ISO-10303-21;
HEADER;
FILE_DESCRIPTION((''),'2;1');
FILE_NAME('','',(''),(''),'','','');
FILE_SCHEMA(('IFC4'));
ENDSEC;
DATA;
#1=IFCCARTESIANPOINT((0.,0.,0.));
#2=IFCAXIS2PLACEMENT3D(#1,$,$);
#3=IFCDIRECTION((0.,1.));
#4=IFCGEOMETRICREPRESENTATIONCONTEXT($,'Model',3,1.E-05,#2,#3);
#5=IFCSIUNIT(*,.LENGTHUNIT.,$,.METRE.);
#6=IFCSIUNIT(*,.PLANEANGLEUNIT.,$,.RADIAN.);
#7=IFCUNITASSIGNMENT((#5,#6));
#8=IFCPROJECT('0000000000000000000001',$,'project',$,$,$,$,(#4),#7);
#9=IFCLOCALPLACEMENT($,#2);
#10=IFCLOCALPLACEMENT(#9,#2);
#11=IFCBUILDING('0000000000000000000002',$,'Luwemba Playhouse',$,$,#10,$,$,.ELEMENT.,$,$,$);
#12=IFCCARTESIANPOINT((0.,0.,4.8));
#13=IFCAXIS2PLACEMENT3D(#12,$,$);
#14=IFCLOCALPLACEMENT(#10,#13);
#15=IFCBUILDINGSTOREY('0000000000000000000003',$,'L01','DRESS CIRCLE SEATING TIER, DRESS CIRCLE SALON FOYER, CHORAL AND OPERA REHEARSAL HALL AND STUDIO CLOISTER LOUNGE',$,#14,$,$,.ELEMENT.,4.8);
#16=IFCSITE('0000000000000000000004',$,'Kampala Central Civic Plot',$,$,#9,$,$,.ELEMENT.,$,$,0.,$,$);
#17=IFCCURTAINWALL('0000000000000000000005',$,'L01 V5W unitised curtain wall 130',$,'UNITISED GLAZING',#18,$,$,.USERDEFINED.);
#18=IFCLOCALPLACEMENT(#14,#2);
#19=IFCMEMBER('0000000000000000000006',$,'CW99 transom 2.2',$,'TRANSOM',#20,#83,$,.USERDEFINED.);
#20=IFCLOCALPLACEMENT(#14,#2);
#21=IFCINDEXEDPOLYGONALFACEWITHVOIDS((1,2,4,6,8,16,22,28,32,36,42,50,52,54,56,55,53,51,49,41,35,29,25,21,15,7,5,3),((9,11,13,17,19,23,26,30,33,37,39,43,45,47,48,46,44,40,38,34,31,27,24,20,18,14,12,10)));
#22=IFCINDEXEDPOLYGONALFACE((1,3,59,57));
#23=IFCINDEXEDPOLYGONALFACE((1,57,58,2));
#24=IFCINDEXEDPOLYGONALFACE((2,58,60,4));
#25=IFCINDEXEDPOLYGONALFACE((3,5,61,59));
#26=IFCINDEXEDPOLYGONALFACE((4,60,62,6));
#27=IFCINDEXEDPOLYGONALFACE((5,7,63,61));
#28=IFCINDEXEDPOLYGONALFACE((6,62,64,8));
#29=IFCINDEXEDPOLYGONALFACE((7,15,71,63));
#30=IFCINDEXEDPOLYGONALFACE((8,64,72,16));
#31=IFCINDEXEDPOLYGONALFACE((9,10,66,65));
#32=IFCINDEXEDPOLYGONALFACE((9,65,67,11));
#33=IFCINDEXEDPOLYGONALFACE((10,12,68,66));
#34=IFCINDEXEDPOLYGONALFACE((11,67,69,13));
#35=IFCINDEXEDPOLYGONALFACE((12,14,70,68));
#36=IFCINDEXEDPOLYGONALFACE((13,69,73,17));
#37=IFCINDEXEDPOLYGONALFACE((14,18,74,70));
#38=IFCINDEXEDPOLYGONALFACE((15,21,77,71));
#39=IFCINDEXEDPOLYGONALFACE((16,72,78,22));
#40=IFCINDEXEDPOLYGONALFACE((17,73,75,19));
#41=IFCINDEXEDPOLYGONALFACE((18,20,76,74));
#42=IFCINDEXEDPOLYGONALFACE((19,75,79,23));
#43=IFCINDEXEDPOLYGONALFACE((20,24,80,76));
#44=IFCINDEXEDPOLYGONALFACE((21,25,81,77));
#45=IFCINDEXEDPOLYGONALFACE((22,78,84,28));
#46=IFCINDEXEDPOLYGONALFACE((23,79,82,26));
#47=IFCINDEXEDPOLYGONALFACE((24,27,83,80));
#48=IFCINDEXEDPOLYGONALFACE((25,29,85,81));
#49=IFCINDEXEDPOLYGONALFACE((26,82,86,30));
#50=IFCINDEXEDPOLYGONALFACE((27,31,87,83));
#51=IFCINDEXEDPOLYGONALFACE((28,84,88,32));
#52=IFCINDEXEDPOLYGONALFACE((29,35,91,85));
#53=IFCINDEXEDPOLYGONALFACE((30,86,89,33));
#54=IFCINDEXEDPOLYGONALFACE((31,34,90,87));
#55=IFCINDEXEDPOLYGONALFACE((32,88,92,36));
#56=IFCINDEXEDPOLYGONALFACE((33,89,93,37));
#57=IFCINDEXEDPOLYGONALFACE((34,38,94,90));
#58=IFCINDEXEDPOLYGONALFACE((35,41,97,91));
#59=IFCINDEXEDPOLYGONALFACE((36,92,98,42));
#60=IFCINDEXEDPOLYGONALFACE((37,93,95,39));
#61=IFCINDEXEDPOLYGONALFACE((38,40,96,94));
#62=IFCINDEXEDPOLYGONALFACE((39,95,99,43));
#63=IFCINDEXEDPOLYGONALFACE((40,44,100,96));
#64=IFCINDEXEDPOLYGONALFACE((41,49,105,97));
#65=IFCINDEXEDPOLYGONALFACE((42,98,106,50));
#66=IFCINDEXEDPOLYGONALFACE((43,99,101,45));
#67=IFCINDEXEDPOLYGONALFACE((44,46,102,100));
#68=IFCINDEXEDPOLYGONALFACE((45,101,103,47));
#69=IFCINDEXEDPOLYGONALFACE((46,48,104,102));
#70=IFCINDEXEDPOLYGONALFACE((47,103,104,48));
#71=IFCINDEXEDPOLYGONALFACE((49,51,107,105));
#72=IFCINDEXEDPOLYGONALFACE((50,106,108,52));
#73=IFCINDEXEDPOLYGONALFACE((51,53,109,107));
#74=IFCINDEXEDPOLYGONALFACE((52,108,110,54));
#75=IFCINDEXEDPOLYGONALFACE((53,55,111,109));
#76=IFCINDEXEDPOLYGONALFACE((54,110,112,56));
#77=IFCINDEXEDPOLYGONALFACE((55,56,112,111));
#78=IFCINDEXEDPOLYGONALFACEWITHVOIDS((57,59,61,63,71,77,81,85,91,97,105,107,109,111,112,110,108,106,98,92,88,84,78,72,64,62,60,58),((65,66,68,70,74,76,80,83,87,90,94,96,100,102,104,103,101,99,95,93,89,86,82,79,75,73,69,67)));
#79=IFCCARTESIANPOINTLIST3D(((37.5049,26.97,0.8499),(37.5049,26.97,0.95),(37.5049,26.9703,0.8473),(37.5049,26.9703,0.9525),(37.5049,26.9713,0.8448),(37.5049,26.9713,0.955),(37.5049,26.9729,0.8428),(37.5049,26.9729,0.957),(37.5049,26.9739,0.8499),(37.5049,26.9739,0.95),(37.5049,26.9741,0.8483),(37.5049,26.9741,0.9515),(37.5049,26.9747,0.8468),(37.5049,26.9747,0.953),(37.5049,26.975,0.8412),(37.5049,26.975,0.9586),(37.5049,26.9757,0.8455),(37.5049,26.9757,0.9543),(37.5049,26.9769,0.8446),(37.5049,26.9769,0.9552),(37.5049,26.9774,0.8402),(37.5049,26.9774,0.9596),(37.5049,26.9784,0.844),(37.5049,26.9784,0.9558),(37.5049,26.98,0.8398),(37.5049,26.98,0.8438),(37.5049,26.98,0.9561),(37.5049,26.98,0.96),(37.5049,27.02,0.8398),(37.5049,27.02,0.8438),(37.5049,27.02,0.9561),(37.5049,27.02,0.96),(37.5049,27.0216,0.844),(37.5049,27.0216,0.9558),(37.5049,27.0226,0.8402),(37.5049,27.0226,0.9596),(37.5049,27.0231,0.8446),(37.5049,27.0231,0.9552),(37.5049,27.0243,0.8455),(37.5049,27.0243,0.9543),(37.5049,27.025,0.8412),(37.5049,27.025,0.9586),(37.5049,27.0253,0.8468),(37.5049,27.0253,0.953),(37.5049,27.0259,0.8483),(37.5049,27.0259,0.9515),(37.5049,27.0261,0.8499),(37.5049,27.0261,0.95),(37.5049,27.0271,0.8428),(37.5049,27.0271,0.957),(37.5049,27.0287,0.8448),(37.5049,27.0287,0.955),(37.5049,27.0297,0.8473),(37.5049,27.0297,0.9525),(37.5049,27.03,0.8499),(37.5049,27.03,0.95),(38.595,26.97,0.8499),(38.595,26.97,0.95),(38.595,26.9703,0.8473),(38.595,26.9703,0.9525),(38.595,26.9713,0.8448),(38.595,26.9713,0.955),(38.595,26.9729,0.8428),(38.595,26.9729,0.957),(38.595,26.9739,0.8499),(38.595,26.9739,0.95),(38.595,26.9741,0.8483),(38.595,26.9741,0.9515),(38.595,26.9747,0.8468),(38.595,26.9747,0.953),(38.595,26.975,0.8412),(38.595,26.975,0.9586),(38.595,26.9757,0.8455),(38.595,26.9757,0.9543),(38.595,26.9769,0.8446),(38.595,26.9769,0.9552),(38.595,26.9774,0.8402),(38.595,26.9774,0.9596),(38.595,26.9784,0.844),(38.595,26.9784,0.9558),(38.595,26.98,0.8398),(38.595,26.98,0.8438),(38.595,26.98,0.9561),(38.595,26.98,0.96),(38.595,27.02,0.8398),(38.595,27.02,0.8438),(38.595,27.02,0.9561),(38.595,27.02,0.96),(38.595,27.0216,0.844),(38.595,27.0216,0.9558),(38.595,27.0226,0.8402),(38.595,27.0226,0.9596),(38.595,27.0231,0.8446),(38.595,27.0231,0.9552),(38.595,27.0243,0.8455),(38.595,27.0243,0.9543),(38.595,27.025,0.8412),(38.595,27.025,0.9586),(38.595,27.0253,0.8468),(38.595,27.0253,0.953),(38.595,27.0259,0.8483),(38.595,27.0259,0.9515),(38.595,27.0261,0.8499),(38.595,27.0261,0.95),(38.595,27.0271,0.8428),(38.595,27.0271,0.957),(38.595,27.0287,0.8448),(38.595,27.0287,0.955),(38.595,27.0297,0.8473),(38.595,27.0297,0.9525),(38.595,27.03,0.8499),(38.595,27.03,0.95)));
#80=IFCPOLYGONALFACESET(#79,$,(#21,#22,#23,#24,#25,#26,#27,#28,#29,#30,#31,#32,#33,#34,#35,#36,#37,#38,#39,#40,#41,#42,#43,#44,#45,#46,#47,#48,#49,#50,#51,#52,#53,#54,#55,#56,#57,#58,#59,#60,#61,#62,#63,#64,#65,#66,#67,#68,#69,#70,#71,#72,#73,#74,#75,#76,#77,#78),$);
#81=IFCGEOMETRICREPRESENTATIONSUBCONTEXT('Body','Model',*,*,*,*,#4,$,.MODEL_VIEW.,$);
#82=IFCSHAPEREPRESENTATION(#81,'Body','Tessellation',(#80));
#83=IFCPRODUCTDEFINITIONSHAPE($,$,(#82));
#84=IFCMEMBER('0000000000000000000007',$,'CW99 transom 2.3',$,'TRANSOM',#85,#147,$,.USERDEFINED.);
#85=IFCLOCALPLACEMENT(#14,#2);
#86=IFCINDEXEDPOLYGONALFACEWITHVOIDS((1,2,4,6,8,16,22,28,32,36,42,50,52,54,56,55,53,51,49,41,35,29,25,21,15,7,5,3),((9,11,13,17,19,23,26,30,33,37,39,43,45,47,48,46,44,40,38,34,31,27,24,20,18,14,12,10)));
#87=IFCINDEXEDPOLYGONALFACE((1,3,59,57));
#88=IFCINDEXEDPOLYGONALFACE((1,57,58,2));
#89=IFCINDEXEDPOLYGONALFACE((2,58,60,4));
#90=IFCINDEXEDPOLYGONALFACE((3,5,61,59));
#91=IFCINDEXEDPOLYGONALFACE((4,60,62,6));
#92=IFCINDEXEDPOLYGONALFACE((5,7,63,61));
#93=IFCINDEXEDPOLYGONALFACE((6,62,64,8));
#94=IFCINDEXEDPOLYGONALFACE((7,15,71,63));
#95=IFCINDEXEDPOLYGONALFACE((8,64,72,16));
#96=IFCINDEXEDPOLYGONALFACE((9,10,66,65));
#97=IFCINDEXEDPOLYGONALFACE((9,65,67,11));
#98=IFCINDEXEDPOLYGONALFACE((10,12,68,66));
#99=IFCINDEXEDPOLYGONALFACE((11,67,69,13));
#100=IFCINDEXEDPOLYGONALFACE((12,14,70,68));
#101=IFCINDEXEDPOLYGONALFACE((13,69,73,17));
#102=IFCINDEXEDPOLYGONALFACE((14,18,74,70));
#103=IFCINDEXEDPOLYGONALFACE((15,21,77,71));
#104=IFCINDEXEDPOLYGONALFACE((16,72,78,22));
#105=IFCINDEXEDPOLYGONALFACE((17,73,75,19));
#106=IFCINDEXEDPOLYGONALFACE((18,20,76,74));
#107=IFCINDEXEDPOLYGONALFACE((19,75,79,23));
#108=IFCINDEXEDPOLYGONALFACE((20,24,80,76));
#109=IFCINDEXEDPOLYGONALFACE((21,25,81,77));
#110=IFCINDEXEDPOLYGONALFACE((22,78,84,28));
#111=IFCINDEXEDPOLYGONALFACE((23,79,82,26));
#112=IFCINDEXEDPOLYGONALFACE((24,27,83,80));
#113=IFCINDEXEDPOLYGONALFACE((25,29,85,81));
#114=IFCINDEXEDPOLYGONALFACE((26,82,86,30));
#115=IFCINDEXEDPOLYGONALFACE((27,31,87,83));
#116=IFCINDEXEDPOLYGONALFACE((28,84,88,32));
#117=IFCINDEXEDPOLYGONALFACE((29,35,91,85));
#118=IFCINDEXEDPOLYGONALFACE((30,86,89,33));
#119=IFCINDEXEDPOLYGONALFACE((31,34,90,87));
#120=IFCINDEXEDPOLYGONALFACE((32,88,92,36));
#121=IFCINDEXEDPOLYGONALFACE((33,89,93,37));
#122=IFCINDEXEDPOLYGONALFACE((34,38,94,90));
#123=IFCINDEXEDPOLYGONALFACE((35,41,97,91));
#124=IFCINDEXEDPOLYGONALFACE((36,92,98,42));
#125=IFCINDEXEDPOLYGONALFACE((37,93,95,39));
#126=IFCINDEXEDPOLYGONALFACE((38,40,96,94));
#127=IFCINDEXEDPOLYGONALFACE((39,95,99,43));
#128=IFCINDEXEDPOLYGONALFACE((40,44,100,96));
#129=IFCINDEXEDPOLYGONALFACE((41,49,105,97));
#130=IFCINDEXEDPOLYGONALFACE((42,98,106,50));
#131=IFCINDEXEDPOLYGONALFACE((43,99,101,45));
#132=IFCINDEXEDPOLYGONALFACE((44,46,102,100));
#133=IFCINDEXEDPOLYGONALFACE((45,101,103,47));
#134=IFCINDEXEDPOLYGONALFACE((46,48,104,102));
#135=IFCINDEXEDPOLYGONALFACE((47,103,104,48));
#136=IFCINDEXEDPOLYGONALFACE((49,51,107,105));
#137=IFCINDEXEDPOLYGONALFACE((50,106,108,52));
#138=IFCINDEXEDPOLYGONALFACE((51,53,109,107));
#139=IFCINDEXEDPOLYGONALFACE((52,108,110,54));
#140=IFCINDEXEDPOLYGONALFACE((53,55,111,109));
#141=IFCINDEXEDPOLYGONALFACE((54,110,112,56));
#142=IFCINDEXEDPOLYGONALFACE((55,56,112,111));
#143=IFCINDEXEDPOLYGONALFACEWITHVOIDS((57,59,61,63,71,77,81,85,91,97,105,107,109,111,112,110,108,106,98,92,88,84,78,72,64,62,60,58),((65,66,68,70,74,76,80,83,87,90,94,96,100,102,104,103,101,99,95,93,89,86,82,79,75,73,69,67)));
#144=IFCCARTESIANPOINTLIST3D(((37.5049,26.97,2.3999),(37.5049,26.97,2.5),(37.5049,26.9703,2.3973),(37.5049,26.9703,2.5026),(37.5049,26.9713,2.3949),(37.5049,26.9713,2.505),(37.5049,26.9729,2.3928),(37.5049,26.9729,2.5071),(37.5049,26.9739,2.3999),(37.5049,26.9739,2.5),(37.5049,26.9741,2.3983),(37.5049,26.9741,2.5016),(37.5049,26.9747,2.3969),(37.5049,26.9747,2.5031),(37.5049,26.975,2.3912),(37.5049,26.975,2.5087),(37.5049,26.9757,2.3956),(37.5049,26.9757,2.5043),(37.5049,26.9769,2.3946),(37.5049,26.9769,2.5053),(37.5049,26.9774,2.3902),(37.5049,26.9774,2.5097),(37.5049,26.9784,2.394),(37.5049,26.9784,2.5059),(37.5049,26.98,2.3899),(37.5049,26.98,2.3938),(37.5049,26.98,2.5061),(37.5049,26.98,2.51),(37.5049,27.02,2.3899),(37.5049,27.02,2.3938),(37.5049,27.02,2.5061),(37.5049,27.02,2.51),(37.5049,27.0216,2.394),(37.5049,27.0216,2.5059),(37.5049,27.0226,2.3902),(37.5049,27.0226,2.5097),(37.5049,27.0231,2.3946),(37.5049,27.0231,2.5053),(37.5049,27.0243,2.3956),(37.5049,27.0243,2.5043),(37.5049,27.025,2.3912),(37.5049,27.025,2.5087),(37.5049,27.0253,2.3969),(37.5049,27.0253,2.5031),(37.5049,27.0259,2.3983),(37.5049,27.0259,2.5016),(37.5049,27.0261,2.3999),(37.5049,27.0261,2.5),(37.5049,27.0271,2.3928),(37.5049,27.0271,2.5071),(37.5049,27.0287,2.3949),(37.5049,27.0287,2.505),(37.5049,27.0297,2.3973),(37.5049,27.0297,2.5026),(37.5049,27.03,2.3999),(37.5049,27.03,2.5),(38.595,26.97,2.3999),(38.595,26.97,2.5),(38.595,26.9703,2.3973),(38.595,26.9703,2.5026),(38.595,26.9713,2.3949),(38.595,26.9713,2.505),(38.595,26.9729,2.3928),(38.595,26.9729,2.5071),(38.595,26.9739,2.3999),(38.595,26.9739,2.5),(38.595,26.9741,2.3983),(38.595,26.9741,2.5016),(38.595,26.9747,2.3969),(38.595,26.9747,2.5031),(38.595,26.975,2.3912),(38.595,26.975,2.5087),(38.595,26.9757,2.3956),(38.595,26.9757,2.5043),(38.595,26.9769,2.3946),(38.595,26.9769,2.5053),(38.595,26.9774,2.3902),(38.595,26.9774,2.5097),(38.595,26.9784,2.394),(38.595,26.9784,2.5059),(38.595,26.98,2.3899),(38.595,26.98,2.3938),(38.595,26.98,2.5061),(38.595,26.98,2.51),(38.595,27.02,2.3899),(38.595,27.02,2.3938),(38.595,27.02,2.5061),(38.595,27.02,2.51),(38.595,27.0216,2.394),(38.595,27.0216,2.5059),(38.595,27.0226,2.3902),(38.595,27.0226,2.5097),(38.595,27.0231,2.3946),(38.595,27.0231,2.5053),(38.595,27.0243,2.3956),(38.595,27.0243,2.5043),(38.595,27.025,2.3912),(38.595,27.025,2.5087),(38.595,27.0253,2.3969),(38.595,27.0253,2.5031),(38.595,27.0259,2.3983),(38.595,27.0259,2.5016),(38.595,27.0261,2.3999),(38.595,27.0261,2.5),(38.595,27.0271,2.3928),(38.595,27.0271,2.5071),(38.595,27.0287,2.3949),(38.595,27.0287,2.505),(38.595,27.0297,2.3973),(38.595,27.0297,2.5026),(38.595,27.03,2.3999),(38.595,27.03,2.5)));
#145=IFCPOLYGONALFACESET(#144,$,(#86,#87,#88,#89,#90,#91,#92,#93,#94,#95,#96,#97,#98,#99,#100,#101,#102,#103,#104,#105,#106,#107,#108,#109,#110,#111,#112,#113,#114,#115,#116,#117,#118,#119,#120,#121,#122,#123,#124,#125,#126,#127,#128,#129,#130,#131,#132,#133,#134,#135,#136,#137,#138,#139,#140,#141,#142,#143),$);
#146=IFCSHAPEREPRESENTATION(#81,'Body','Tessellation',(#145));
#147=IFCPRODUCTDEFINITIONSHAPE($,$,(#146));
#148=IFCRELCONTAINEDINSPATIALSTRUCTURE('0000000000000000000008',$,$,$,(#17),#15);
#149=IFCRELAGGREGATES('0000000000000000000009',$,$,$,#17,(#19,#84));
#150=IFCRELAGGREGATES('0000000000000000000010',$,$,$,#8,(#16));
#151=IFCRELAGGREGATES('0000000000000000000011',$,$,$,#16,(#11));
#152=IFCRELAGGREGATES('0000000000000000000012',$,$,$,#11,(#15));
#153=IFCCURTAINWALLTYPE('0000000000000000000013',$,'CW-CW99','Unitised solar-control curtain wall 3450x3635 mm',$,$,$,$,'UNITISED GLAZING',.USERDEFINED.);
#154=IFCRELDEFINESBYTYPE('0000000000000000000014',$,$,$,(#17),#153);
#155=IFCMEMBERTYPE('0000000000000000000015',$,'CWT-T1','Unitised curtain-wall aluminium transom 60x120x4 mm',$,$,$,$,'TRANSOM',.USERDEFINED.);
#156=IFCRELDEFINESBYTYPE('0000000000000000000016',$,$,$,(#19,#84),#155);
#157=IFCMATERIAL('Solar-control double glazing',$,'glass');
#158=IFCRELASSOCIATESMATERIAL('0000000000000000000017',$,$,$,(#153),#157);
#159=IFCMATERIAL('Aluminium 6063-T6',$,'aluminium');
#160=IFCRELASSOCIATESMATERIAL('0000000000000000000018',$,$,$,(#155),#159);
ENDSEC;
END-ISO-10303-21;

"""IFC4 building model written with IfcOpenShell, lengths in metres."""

from ifc_helpers import new_model, si_unit, direction, frame, origin, origin_2d, place, context, subcontext, project, spatial, hollow_rectangle, extrude, material, material_profile, profile_set, type_object, element, aggregate, save


model = new_model("IFC4")

# Units and contexts
model_context = context("Model", 3, precision=1e-05, world=origin(), true_north=direction((0.0, 1.0)))
body_context = subcontext(model_context, "Body", "Model", "MODEL_VIEW")
ifc_project = project(units=[si_unit("LENGTHUNIT", "METRE"), si_unit("PLANEANGLEUNIT", "RADIAN")], contexts=[model_context])

# Site, building, storey
site_placement = place(None, origin())
site = spatial("IfcSite", under=ifc_project, at=site_placement, Name="Kampala Central Civic Plot", CompositionType="ELEMENT", RefElevation=0.0)
building_placement = place(site_placement, origin())
building = spatial("IfcBuilding", under=site, at=building_placement, Name="Luwemba Playhouse", CompositionType="ELEMENT")
storey_placement = place(building_placement, frame((0.0, 0.0, 4.8)))
storey = spatial("IfcBuildingStorey", under=building, at=storey_placement, Name="L01", Description="DRESS CIRCLE SEATING TIER, DRESS CIRCLE SALON FOYER, CHORAL AND OPERA REHEARSAL HALL AND STUDIO CLOISTER LOUNGE", CompositionType="ELEMENT", Elevation=4.8)

# Curtain wall
ifc_material_1 = material(Name="Solar-control double glazing", Category="glass")
curtain_wall_type_1 = type_object("IfcCurtainWallType", Name="CW-CW99", Description="Unitised solar-control curtain wall 3450x3635 mm", ElementType="UNITISED GLAZING", PredefinedType="USERDEFINED", material=ifc_material_1)
curtain_wall_1_placement = place(storey_placement, origin())
curtain_wall_1 = element("IfcCurtainWall", 1, at=curtain_wall_1_placement, inside=storey, type_object=curtain_wall_type_1, Name="L01 V5W unitised curtain wall 130", ObjectType="UNITISED GLAZING", PredefinedType="USERDEFINED")
ifc_material_2 = material(Name="Aluminium 6063-T6", Category="aluminium")

# Members
ifc_material_profile_1 = material_profile(ifc_material_2, hollow_rectangle(XDim=0.0601, YDim=0.1201, WallThickness=0.0039, InnerFilletRadius=0.0061, OuterFilletRadius=0.01, at=origin_2d()))
ifc_profile_set_1 = profile_set([ifc_material_profile_1], Name="Aluminium 6063-T6")
member_type_1 = type_object("IfcMemberType", Name="CWT-T1", Description="Unitised curtain-wall aluminium transom 60x120x4 mm", ElementType="TRANSOM", PredefinedType="USERDEFINED", material=ifc_profile_set_1)
member_1_placement = place(storey_placement, frame((37.5049, 27.0, 0.8999), z_axis=(1.0, 0.0, 0.0), x_axis=(0.0, 1.0, 0.0)))
member_1 = element("IfcMember", 2, at=member_1_placement, type_object=member_type_1, Name="CW99 transom 2.2", ObjectType="TRANSOM", PredefinedType="USERDEFINED", context=body_context, shape_type="SweptSolid", body=[
    extrude(hollow_rectangle(XDim=0.0601, YDim=0.1201, WallThickness=0.0039, InnerFilletRadius=0.0061, OuterFilletRadius=0.01, at=origin_2d()), origin(), (0.0, 0.0, 1.0), 1.0901),
])
member_2_placement = place(storey_placement, frame((37.5049, 27.0, 2.45), z_axis=(1.0, 0.0, 0.0), x_axis=(0.0, 1.0, 0.0)))
member_2 = element("IfcMember", 3, at=member_2_placement, type_object=member_type_1, Name="CW99 transom 2.3", ObjectType="TRANSOM", PredefinedType="USERDEFINED", context=body_context, shape_type="SweptSolid", body=[
    extrude(hollow_rectangle(XDim=0.0601, YDim=0.1201, WallThickness=0.0039, InnerFilletRadius=0.0061, OuterFilletRadius=0.01, at=origin_2d()), origin(), (0.0, 0.0, 1.0), 1.0901),
])

aggregate(curtain_wall_1, [member_1, member_2])

save(model, "model.ifc")
